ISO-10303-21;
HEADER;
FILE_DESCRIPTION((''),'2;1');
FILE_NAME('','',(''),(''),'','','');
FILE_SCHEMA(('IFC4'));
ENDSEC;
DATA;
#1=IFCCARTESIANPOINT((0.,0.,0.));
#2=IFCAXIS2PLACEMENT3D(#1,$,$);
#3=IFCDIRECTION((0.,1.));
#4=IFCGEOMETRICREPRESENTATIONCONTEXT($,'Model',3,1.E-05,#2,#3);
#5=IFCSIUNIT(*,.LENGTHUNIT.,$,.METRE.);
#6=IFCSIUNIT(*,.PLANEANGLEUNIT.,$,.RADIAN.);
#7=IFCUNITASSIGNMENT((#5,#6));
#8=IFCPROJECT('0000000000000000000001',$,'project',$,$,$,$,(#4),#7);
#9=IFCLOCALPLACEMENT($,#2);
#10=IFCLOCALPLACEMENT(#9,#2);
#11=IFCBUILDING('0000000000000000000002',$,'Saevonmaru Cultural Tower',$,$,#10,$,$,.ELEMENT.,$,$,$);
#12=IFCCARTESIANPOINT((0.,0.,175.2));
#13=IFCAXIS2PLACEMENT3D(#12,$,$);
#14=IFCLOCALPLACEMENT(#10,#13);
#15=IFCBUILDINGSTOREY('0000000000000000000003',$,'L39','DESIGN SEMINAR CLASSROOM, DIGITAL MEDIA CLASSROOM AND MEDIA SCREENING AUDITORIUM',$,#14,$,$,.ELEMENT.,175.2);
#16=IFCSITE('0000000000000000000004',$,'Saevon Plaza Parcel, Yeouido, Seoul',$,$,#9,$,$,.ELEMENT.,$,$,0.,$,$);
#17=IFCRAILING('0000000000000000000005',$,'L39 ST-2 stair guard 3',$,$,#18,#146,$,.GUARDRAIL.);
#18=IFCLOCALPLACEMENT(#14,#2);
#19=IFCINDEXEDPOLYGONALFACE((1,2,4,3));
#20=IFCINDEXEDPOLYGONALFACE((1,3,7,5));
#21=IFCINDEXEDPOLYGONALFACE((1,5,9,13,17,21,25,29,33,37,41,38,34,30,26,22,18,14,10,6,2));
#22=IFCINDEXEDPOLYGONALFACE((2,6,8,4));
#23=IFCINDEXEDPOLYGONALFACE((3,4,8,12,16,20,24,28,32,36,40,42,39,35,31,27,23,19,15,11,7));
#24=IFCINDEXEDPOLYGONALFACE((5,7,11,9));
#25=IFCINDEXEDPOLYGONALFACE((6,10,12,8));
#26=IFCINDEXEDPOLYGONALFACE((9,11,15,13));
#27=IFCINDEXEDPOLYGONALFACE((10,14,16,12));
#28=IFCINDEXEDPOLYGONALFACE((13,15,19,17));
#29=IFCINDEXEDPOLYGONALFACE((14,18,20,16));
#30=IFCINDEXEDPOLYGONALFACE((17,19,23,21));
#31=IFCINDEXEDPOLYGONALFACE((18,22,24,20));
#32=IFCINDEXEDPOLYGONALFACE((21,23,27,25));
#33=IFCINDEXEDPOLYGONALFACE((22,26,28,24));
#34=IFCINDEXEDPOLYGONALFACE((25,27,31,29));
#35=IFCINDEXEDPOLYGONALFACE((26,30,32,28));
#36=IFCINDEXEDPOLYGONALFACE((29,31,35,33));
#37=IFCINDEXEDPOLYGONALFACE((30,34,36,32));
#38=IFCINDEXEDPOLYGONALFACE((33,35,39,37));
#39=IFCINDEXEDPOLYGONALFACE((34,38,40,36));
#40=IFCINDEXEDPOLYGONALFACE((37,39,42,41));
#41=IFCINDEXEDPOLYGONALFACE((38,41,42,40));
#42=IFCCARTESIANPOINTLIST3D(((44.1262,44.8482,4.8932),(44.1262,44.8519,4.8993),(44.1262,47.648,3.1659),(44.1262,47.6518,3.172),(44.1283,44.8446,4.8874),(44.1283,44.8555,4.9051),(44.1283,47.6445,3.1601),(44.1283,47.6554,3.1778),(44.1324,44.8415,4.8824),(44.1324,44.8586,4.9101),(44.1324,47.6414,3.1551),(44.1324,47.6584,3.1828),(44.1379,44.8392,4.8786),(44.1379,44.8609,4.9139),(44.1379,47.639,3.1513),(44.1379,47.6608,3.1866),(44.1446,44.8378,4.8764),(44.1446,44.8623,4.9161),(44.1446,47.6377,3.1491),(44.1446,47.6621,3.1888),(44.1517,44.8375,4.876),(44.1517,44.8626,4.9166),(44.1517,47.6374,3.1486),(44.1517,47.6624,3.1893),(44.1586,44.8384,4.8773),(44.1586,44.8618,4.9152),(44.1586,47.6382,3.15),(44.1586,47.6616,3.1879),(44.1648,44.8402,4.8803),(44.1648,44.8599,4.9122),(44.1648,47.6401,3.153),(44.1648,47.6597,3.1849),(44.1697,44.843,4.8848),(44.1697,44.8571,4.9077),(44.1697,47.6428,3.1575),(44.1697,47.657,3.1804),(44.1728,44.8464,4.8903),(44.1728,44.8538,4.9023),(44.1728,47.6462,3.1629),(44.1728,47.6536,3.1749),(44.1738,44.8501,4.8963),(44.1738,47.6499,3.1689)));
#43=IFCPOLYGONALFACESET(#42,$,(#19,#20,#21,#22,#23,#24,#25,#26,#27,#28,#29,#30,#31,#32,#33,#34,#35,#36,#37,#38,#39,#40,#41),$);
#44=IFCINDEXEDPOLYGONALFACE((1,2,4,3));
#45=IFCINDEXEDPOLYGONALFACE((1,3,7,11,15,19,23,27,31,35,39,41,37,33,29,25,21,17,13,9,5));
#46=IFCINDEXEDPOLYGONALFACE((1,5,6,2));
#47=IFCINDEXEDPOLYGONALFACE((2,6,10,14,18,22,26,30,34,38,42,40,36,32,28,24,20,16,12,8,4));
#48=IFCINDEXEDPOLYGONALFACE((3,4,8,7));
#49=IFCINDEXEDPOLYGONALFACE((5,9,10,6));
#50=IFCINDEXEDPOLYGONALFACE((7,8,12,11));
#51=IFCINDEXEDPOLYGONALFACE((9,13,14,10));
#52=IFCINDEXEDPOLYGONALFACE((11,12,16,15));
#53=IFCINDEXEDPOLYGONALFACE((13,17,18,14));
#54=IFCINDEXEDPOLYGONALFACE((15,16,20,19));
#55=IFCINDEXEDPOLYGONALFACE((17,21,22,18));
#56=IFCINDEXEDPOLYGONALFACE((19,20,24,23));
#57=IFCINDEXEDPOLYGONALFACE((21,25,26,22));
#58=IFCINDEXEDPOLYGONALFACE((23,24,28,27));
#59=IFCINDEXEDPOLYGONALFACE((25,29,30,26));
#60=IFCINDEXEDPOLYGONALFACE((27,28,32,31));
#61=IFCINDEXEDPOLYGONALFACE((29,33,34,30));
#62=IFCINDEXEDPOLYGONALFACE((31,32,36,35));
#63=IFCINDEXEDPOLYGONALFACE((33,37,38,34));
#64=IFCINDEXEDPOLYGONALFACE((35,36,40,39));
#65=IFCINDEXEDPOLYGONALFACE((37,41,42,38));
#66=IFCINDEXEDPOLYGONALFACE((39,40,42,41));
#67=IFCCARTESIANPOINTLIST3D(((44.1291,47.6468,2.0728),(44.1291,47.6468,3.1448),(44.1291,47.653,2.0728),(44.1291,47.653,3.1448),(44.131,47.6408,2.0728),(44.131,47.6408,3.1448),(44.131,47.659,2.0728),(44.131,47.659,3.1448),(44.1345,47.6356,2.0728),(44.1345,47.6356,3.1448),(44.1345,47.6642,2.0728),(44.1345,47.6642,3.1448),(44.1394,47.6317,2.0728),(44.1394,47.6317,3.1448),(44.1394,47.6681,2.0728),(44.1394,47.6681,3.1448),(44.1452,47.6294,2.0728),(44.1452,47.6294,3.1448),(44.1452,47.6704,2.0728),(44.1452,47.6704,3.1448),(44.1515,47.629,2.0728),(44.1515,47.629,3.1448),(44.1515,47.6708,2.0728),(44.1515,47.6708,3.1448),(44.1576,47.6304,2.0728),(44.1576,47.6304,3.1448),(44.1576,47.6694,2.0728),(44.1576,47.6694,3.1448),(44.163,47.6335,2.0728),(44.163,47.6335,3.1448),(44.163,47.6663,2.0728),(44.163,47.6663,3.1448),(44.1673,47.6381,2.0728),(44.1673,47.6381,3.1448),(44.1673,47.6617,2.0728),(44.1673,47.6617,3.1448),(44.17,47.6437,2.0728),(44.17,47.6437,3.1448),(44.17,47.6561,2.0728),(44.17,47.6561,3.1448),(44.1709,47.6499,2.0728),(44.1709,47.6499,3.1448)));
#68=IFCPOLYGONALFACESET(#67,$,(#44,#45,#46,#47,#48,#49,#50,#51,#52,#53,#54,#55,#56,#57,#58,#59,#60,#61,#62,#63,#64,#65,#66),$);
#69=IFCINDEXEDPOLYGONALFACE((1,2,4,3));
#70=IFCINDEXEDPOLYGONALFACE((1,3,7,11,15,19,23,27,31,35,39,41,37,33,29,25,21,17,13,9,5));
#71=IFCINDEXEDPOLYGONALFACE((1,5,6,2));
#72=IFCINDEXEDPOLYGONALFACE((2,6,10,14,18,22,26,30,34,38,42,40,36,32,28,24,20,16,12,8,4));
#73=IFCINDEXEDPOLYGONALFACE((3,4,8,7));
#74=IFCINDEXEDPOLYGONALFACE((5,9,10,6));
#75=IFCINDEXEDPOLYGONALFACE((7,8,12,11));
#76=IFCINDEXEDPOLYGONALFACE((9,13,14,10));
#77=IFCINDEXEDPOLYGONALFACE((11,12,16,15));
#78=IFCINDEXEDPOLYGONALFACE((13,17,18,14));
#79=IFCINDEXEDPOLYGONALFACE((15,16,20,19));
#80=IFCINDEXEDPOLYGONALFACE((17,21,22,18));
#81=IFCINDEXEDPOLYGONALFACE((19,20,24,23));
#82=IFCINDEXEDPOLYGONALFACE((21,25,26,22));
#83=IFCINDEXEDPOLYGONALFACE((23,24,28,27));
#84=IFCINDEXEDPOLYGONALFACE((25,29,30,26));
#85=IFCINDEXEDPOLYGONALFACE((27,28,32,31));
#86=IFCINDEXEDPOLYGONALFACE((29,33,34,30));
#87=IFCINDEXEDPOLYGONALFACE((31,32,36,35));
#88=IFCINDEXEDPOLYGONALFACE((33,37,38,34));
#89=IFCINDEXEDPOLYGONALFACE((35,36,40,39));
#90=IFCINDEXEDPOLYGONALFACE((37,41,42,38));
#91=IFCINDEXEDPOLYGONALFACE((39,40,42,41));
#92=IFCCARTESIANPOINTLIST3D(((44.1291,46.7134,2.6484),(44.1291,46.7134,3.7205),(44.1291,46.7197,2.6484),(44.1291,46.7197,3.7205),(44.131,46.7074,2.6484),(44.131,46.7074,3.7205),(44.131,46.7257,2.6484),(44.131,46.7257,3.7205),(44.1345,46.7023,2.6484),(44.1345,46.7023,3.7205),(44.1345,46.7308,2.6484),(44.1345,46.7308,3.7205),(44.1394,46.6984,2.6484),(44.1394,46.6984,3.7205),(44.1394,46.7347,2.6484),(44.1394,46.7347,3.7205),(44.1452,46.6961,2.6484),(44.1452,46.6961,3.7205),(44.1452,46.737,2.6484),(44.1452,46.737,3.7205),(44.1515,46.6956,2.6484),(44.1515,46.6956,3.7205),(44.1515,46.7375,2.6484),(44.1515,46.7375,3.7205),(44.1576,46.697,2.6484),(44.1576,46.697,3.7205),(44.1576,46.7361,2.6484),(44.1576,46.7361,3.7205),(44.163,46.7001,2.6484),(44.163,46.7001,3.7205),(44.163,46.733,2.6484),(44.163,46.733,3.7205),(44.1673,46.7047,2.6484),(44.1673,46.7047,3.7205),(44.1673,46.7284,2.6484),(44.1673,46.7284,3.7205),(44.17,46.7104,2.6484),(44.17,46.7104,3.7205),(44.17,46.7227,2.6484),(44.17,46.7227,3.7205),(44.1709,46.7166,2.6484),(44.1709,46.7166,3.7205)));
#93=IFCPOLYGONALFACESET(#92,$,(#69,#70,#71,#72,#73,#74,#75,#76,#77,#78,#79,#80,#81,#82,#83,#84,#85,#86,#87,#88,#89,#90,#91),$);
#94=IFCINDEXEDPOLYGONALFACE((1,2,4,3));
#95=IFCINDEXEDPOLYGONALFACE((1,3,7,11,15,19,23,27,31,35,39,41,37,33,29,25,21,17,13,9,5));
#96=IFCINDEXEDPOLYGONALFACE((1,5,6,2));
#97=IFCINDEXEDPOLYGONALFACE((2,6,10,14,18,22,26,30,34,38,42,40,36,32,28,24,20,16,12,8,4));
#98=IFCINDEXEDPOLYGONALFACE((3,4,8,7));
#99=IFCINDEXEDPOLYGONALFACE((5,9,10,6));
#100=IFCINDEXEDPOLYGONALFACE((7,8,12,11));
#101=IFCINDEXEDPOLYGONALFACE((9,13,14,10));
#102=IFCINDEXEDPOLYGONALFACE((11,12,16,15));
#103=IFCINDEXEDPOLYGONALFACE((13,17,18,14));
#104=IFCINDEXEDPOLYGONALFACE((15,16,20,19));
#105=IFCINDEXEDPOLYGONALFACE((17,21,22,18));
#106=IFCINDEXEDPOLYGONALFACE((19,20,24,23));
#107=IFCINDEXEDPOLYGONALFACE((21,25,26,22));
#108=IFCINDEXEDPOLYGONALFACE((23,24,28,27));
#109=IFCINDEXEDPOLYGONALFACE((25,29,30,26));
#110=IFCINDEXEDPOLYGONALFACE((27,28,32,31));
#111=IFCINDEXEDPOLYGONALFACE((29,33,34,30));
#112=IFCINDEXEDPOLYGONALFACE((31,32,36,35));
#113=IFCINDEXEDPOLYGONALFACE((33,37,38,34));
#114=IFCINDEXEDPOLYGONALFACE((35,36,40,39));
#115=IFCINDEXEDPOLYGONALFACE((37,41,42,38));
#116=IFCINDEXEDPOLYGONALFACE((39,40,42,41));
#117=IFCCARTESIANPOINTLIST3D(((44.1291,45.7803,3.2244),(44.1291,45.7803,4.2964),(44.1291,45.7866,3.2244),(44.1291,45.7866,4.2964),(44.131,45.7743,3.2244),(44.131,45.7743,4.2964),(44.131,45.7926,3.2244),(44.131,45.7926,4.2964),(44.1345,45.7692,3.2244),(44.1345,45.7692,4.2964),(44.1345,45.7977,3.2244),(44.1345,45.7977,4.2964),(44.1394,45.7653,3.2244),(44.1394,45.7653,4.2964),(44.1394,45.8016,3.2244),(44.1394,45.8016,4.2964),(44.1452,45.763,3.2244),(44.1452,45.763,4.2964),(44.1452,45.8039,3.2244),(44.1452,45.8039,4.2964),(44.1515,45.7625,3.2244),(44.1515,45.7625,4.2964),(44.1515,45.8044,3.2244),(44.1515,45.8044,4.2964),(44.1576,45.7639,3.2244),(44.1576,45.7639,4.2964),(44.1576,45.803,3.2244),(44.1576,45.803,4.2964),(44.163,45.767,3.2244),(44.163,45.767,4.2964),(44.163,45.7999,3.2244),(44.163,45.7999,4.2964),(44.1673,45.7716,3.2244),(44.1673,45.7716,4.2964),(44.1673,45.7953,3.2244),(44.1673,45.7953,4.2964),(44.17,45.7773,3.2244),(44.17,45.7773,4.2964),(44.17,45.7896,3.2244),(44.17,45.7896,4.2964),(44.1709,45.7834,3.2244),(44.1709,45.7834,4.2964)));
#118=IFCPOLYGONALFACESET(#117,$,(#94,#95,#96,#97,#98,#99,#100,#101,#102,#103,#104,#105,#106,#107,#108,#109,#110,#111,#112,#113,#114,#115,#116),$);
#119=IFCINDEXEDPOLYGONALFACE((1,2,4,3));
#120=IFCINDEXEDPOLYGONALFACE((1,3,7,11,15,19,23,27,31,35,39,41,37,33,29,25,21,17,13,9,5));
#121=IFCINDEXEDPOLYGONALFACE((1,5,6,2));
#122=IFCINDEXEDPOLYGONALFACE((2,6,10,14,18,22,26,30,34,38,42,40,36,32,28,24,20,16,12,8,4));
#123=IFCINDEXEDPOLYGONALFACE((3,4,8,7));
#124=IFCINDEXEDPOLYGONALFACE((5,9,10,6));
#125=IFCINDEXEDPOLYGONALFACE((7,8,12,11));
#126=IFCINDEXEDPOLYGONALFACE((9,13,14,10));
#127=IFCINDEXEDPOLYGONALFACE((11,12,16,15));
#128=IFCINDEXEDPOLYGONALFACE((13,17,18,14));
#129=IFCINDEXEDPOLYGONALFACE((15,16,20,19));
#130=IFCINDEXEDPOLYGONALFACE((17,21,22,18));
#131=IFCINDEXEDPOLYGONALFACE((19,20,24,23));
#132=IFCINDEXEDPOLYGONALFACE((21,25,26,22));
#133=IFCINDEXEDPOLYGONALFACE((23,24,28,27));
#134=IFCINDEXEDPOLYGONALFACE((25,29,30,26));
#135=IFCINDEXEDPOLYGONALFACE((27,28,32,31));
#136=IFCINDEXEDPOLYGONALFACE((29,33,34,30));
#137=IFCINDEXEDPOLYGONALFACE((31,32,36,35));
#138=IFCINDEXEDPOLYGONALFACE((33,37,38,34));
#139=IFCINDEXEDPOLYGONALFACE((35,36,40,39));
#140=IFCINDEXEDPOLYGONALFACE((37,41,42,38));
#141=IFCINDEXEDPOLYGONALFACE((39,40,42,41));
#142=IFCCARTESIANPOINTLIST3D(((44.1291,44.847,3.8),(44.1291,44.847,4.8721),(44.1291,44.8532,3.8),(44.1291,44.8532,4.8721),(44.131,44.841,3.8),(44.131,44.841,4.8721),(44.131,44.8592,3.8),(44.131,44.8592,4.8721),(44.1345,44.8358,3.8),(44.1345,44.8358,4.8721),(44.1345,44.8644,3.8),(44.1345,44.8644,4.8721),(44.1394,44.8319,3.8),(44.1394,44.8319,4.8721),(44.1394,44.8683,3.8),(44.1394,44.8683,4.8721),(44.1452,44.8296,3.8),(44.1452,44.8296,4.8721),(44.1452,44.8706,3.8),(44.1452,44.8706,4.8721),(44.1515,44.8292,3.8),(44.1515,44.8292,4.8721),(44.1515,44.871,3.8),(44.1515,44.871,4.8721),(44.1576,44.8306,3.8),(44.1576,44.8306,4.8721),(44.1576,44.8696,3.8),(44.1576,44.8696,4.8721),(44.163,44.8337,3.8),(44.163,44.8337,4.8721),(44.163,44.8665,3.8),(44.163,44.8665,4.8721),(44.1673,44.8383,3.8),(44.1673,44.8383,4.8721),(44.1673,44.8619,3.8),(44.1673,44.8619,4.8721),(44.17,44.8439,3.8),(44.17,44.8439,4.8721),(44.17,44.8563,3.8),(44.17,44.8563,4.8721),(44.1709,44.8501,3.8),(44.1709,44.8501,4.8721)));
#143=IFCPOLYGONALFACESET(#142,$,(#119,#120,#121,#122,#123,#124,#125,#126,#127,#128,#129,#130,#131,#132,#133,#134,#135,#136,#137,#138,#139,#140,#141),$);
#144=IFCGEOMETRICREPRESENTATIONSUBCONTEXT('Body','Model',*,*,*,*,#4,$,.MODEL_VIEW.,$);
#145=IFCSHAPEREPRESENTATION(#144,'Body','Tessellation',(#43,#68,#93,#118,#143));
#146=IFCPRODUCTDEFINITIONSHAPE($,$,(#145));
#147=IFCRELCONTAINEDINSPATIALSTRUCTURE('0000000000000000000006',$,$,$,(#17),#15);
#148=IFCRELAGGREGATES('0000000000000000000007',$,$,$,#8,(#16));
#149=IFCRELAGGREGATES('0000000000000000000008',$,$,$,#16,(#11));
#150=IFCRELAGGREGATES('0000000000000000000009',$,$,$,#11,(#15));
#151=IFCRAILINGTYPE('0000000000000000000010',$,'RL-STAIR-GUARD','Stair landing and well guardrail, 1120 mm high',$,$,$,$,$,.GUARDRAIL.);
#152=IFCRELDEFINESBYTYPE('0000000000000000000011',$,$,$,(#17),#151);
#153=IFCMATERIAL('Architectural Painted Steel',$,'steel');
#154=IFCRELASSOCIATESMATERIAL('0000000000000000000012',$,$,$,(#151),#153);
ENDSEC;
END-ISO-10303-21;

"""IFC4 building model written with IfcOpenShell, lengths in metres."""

from ifc_helpers import new_model, si_unit, direction, frame, origin, origin_2d, place, context, subcontext, project, spatial, circle, extrude, material, type_object, element, save


model = new_model("IFC4")

# Units and contexts
model_context = context("Model", 3, precision=1e-05, world=origin(), true_north=direction((0.0, 1.0)))
body_context = subcontext(model_context, "Body", "Model", "MODEL_VIEW")
ifc_project = project(units=[si_unit("LENGTHUNIT", "METRE"), si_unit("PLANEANGLEUNIT", "RADIAN")], contexts=[model_context])

# Site, building, storey
site_placement = place(None, origin())
site = spatial("IfcSite", under=ifc_project, at=site_placement, Name="Saevon Plaza Parcel, Yeouido, Seoul", CompositionType="ELEMENT", RefElevation=0.0)
building_placement = place(site_placement, origin())
building = spatial("IfcBuilding", under=site, at=building_placement, Name="Saevonmaru Cultural Tower", CompositionType="ELEMENT")
storey_placement = place(building_placement, frame((0.0, 0.0, 175.2)))
storey = spatial("IfcBuildingStorey", under=building, at=storey_placement, Name="L39", Description="DESIGN SEMINAR CLASSROOM, DIGITAL MEDIA CLASSROOM AND MEDIA SCREENING AUDITORIUM", CompositionType="ELEMENT", Elevation=175.2)

# Railing
ifc_material_1 = material(Name="Architectural Painted Steel", Category="steel")
railing_type_1 = type_object("IfcRailingType", Name="RL-STAIR-GUARD", Description="Stair landing and well guardrail, 1120 mm high", PredefinedType="GUARDRAIL", material=ifc_material_1)
railing_1_placement = place(storey_placement, frame((44.1499, 47.6499, 2.0728)))
element("IfcRailing", 1, at=railing_1_placement, inside=storey, type_object=railing_type_1, Name="L39 ST-2 stair guard 3", PredefinedType="GUARDRAIL", context=body_context, shape_type="SweptSolid", body=[
    extrude(circle(Radius=0.0239, at=origin_2d()), frame((0.0, 0.0, 1.0962), z_axis=(0.0, -0.851069, 0.525054), x_axis=(1.0, 0.0, 0.0)), (0.0, 0.0, 1.0), 3.2898),
    extrude(circle(Radius=0.021, at=origin_2d()), origin(), (0.0, 0.0, 1.0), 1.072),
    extrude(circle(Radius=0.021, at=origin_2d()), frame((0.0, -0.9333, 0.5757)), (0.0, 0.0, 1.0), 1.072),
    extrude(circle(Radius=0.021, at=origin_2d()), frame((0.0, -1.8665, 1.1516)), (0.0, 0.0, 1.0), 1.072),
    extrude(circle(Radius=0.021, at=origin_2d()), frame((0.0, -2.7998, 1.7273)), (0.0, 0.0, 1.0), 1.072),
])

save(model, "model.ifc")
